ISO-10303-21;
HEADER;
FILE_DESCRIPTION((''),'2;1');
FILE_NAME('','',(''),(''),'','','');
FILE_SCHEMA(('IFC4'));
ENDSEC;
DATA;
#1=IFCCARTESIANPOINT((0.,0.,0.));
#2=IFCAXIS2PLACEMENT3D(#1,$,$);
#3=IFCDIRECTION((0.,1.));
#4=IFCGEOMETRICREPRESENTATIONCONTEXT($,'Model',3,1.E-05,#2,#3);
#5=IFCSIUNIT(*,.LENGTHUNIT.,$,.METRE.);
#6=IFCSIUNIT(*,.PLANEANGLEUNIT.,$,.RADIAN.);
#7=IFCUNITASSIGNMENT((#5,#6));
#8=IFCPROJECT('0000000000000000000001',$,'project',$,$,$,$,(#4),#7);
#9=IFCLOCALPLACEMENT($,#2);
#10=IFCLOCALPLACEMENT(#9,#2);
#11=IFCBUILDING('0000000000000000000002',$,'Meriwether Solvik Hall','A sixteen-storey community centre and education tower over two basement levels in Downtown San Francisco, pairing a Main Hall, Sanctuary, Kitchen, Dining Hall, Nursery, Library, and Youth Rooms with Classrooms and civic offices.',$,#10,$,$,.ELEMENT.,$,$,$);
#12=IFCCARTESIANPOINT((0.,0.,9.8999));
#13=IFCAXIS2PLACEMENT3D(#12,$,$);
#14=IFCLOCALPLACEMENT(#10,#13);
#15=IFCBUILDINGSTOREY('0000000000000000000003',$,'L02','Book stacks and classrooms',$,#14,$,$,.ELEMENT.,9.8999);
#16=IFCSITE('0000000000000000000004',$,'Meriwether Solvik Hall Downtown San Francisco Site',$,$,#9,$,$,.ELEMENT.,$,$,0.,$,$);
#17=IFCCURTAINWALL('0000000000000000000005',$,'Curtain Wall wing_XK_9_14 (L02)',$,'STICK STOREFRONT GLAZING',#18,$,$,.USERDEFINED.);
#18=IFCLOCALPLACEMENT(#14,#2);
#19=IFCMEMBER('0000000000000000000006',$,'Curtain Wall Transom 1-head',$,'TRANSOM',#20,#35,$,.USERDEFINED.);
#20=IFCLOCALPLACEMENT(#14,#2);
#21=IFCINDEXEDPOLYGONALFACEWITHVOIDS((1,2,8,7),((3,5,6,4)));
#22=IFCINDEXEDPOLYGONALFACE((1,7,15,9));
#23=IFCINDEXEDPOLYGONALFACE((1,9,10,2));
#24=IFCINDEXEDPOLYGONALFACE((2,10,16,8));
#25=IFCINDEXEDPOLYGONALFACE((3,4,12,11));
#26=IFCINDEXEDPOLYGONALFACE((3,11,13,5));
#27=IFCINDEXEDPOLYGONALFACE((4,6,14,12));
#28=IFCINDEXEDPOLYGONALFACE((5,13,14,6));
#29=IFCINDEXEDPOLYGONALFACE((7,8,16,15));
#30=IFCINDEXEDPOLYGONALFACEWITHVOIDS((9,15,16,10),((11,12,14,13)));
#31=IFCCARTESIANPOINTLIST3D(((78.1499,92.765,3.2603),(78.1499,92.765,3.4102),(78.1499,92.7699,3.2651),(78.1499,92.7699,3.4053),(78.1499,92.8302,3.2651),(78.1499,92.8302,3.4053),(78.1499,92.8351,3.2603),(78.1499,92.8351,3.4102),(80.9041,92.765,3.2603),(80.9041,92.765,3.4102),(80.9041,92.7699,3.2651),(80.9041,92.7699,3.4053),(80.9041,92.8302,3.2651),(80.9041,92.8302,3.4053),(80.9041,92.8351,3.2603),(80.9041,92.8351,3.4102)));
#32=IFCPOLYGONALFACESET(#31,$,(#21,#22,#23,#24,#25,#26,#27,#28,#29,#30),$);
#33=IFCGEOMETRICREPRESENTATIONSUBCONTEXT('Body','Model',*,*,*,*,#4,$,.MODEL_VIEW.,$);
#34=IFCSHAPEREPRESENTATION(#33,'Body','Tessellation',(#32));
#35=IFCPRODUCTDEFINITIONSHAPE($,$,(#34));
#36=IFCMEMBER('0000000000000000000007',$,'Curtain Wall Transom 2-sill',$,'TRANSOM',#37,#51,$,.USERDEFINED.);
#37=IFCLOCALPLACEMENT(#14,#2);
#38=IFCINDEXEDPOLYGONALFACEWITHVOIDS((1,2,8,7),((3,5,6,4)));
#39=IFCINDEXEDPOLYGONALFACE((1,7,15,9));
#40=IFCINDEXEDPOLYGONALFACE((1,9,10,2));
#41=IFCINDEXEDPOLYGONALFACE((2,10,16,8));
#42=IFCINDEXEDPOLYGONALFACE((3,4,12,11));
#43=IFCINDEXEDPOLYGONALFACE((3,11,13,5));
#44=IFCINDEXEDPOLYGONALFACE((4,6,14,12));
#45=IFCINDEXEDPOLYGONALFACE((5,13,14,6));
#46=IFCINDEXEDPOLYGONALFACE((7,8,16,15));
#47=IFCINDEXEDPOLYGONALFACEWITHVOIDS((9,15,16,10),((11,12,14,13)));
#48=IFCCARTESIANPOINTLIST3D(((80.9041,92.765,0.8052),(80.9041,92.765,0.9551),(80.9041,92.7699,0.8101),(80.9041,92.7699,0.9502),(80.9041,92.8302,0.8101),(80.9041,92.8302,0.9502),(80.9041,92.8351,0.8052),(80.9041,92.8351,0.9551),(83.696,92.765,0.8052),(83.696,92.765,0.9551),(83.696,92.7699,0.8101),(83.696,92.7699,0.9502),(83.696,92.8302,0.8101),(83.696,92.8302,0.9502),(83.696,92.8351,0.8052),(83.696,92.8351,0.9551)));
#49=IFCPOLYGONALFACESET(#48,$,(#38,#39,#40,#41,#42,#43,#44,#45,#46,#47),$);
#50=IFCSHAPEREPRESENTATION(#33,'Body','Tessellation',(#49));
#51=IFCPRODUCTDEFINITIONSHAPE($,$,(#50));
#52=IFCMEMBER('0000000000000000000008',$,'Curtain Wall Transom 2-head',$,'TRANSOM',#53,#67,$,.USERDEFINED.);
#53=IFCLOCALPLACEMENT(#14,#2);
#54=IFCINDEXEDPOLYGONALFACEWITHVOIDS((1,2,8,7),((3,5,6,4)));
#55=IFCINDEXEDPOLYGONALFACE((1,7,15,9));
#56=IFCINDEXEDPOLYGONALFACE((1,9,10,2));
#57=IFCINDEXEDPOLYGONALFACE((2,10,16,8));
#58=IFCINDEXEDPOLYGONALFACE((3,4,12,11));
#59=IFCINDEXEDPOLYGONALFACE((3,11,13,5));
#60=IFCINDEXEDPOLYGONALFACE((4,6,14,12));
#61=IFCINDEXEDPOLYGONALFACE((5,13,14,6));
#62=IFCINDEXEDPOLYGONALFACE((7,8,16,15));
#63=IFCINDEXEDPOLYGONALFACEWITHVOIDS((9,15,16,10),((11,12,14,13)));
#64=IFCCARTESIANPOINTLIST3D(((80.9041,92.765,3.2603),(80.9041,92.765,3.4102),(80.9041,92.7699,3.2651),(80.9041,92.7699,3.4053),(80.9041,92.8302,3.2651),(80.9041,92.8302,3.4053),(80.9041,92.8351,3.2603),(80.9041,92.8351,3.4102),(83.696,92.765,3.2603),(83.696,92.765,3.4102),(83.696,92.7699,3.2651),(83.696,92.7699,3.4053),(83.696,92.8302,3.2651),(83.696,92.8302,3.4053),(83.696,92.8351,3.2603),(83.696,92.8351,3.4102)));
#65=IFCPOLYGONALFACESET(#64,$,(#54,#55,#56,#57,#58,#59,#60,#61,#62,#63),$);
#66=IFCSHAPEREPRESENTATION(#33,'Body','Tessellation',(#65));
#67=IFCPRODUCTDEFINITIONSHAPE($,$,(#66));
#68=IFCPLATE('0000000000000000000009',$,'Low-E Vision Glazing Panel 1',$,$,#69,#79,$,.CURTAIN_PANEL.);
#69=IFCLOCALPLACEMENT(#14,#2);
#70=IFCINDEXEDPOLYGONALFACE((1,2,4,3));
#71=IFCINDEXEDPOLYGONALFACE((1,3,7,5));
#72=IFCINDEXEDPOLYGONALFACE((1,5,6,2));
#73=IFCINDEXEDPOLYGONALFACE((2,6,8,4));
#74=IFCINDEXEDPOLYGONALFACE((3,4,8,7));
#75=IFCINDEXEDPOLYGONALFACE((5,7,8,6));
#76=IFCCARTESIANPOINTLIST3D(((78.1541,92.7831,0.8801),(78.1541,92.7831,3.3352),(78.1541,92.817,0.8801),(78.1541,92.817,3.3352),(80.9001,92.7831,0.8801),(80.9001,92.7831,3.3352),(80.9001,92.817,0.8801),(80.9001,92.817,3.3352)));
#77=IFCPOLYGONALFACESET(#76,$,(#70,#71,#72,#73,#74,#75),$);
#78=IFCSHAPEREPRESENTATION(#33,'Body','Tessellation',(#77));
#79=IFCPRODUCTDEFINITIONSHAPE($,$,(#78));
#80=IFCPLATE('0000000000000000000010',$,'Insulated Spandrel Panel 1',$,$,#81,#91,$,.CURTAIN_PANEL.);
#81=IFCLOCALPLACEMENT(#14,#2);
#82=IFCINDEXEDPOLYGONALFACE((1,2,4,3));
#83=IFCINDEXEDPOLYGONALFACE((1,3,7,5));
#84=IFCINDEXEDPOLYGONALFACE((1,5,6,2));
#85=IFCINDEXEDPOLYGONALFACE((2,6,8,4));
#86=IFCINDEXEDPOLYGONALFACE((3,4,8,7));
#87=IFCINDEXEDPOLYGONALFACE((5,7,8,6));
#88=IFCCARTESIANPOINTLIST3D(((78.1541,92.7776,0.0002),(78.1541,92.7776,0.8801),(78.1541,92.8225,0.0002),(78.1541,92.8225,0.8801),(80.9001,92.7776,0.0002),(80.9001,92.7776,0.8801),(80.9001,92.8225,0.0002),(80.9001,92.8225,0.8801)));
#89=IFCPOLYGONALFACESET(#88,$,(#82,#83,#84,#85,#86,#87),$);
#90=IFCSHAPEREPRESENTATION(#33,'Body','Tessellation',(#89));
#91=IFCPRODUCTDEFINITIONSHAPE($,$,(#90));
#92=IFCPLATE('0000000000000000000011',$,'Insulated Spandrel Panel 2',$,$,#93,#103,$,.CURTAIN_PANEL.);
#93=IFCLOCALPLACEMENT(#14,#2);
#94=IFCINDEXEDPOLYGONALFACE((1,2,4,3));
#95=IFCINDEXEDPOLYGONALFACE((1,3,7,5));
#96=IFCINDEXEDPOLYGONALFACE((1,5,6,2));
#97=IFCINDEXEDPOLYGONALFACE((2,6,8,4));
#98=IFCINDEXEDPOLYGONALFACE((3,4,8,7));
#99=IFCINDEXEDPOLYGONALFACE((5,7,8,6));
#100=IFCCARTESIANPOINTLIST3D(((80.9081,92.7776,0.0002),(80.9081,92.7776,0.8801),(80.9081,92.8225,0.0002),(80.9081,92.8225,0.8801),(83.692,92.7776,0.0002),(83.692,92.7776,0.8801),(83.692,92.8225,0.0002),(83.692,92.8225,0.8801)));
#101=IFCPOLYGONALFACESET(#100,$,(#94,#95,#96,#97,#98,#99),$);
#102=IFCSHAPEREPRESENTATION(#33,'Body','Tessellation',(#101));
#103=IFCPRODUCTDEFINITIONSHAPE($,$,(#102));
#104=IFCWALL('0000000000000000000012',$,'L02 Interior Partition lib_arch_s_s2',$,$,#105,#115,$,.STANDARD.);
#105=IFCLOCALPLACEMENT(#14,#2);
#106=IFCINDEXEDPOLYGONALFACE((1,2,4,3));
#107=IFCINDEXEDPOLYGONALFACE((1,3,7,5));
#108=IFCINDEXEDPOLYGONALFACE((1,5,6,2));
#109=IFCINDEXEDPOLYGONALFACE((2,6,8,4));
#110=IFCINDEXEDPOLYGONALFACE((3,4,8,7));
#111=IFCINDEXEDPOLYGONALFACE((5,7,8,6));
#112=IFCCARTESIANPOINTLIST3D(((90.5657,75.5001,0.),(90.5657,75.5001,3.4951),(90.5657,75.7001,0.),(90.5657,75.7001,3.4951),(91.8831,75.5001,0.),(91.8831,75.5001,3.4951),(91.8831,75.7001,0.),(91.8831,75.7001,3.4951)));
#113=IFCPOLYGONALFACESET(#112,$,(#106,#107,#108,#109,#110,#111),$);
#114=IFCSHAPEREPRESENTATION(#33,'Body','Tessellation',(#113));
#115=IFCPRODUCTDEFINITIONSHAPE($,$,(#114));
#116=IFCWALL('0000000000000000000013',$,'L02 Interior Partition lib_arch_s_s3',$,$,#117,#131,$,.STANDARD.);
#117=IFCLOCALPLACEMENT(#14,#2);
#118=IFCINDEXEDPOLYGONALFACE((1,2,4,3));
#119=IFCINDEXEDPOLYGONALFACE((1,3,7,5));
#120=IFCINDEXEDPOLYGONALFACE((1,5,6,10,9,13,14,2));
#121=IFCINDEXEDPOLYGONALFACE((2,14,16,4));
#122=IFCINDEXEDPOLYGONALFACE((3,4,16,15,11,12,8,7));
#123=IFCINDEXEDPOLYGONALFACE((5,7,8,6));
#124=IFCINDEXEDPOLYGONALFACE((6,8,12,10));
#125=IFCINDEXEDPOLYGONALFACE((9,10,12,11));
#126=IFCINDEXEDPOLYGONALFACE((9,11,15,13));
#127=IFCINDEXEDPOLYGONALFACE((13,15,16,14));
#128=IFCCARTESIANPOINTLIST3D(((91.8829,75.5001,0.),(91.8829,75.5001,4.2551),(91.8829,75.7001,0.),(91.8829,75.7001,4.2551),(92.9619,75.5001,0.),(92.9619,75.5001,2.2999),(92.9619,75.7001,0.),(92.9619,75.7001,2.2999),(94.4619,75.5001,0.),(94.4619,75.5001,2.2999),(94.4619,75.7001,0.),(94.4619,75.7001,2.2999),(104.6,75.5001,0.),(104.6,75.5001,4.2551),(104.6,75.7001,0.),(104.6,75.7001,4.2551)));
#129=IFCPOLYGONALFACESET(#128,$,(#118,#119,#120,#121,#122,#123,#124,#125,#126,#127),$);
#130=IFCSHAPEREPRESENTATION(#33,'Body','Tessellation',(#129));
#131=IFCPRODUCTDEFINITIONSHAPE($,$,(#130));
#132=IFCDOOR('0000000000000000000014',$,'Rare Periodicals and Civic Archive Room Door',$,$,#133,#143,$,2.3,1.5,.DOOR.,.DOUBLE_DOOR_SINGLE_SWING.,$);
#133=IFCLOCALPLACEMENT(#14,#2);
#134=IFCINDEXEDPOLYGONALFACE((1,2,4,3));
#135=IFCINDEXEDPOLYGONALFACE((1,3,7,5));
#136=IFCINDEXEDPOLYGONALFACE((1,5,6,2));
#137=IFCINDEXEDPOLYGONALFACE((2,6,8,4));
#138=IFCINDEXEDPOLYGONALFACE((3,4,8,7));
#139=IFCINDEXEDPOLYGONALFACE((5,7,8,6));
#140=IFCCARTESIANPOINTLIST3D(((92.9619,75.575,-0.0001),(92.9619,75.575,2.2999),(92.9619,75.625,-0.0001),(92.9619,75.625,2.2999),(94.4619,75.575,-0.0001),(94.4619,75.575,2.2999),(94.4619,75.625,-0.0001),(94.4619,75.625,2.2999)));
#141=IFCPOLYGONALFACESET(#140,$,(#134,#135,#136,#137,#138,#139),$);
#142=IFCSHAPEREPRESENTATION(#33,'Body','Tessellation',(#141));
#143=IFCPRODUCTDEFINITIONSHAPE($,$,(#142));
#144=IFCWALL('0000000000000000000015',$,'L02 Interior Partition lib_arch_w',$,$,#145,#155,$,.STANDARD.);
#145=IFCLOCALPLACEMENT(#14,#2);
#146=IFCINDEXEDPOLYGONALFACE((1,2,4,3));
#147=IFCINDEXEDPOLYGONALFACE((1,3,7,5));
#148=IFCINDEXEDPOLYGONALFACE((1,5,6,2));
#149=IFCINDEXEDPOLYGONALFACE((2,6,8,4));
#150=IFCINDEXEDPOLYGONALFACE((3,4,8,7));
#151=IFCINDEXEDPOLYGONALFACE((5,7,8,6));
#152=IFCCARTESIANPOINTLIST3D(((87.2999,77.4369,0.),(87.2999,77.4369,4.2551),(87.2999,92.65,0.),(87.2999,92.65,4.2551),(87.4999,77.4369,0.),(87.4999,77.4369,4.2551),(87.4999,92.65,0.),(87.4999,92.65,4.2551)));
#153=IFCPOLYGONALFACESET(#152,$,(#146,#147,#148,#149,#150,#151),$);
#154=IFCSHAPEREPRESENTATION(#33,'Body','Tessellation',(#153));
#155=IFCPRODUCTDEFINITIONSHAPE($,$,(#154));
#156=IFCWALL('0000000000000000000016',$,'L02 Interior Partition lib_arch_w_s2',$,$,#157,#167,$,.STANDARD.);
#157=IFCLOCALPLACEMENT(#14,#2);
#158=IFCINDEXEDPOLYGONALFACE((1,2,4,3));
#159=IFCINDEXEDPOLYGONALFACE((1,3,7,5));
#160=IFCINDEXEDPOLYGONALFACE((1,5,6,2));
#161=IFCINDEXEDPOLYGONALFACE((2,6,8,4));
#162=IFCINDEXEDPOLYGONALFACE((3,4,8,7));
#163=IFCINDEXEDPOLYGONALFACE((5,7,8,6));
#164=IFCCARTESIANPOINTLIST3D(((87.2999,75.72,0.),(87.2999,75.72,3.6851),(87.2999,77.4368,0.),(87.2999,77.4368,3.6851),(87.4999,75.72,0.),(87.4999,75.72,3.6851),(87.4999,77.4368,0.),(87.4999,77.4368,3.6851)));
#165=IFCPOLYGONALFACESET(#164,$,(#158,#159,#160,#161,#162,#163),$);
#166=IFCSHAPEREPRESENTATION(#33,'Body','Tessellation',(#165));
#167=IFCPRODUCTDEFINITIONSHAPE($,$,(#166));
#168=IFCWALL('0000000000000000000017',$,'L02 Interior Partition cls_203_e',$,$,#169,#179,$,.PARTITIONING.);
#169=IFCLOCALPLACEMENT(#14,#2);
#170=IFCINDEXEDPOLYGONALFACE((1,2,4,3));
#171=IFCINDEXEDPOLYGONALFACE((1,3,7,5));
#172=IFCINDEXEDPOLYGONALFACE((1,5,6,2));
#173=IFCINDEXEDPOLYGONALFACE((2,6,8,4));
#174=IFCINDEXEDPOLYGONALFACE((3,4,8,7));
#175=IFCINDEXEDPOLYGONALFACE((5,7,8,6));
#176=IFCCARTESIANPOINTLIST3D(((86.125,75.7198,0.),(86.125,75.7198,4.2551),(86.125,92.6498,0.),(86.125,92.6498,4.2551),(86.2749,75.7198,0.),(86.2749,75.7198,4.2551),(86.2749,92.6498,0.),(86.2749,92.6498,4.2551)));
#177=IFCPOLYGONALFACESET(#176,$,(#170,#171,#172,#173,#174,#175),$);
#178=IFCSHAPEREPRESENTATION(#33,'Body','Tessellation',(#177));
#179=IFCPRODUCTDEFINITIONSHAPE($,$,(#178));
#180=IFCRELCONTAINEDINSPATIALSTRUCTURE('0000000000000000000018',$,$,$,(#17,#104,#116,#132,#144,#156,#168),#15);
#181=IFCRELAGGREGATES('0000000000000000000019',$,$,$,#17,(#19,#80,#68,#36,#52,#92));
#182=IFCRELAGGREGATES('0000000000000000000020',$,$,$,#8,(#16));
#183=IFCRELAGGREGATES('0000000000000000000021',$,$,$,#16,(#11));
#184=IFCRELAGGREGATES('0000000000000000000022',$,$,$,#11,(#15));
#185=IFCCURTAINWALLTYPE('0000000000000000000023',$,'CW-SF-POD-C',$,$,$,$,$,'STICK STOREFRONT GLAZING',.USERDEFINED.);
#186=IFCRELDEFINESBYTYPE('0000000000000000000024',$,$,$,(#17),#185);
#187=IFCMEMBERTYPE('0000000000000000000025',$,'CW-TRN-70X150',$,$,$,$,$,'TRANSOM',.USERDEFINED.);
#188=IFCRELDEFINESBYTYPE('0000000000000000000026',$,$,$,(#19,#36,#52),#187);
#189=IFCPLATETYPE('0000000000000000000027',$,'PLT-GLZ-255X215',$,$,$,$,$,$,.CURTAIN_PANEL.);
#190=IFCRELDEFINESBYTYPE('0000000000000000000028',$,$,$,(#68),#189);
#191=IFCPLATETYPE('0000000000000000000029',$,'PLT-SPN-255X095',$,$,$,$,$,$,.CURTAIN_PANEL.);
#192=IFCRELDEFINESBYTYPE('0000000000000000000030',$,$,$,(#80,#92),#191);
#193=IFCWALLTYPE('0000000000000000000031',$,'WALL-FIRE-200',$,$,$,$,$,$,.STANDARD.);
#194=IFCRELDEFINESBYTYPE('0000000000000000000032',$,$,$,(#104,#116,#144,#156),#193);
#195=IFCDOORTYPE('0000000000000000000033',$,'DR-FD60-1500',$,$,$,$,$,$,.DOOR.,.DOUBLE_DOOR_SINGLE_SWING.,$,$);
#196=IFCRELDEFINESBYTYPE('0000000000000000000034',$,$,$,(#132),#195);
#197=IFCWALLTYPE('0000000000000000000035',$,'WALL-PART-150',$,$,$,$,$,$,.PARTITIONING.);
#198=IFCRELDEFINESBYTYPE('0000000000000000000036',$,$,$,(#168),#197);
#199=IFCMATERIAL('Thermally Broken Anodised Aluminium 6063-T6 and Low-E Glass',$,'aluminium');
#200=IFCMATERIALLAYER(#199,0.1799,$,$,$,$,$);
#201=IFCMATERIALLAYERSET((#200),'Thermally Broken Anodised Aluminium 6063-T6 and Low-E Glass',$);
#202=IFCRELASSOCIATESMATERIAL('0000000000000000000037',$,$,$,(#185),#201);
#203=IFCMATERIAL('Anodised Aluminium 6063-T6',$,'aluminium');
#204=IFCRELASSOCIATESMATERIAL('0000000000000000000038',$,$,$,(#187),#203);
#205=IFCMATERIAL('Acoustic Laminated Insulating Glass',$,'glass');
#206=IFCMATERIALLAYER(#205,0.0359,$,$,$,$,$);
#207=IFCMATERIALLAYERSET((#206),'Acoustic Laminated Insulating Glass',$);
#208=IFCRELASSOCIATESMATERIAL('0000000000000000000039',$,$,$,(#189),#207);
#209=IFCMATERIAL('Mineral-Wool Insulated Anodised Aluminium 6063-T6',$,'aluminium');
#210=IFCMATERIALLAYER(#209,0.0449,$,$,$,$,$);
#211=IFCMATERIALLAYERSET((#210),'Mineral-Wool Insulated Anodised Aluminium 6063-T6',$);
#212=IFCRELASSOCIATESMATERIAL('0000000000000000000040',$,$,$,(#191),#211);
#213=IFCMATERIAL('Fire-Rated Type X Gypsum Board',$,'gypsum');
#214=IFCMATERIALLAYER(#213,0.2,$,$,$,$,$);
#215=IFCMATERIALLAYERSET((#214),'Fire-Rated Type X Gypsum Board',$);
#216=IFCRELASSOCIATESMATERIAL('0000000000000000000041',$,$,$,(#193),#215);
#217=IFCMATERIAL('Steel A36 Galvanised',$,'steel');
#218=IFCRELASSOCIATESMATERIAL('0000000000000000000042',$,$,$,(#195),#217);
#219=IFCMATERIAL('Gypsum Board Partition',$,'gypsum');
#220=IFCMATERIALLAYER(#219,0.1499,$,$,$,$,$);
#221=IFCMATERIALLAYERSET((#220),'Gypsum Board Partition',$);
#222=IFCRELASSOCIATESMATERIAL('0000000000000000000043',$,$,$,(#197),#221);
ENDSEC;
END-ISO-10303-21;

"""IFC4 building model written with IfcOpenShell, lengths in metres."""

from ifc_helpers import new_model, si_unit, direction, frame, frame_2d, origin, origin_2d, place, context, subcontext, project, spatial, rectangle, hollow_rectangle, extrude, material, layer, layer_set, material_profile, profile_set, type_object, element, fill, aggregate, save


model = new_model("IFC4")

# Units and contexts
model_context = context("Model", 3, precision=1e-05, world=origin(), true_north=direction((0.0, 1.0)))
body_context = subcontext(model_context, "Body", "Model", "MODEL_VIEW")
ifc_project = project(units=[si_unit("LENGTHUNIT", "METRE"), si_unit("PLANEANGLEUNIT", "RADIAN")], contexts=[model_context])

# Site, building, storey
site_placement = place(None, origin())
site = spatial("IfcSite", under=ifc_project, at=site_placement, Name="Meriwether Solvik Hall Downtown San Francisco Site", CompositionType="ELEMENT", RefElevation=0.0)
building_placement = place(site_placement, origin())
building = spatial("IfcBuilding", under=site, at=building_placement, Name="Meriwether Solvik Hall", Description="A sixteen-storey community centre and education tower over two basement levels in Downtown San Francisco, pairing a Main Hall, Sanctuary, Kitchen, Dining Hall, Nursery, Library, and Youth Rooms with Classrooms and civic offices.", CompositionType="ELEMENT")
storey_placement = place(building_placement, frame((0.0, 0.0, 9.8999)))
storey = spatial("IfcBuildingStorey", under=building, at=storey_placement, Name="L02", Description="Book stacks and classrooms", CompositionType="ELEMENT", Elevation=9.8999)

# Curtain wall, members, plates
ifc_material_1 = material(Name="Thermally Broken Anodised Aluminium 6063-T6 and Low-E Glass", Category="aluminium")
ifc_layer_1 = layer(ifc_material_1, 0.1799)
ifc_layer_set_1 = layer_set([ifc_layer_1], Name="Thermally Broken Anodised Aluminium 6063-T6 and Low-E Glass")
curtain_wall_type = type_object("IfcCurtainWallType", Name="CW-SF-POD-C", ElementType="STICK STOREFRONT GLAZING", PredefinedType="USERDEFINED", material=ifc_layer_set_1)
curtain_wall_placement = place(storey_placement, origin())
curtain_wall = element("IfcCurtainWall", 1, at=curtain_wall_placement, inside=storey, type_object=curtain_wall_type, Name="Curtain Wall wing_XK_9_14 (L02)", ObjectType="STICK STOREFRONT GLAZING", PredefinedType="USERDEFINED")
ifc_material_2 = material(Name="Anodised Aluminium 6063-T6", Category="aluminium")
ifc_material_profile_1 = material_profile(ifc_material_2, hollow_rectangle(XDim=0.0701, YDim=0.1499, WallThickness=0.0049, at=origin_2d()), Name="CWT-70X150")
ifc_profile_set_1 = profile_set([ifc_material_profile_1], Name="Anodised Aluminium 6063-T6")
member_type_1 = type_object("IfcMemberType", Name="CW-TRN-70X150", ElementType="TRANSOM", PredefinedType="USERDEFINED", material=ifc_profile_set_1)
member_1_placement = place(storey_placement, frame((78.1499, 92.8, 3.3352), z_axis=(1.0, 0.0, 0.0), x_axis=(0.0, 1.0, 0.0)))
member_1 = element("IfcMember", 2, at=member_1_placement, type_object=member_type_1, Name="Curtain Wall Transom 1-head", ObjectType="TRANSOM", PredefinedType="USERDEFINED", context=body_context, shape_type="SweptSolid", body=[
    extrude(hollow_rectangle(XDim=0.0701, YDim=0.1499, WallThickness=0.0049, at=origin_2d()), origin(), (0.0, 0.0, 1.0), 2.7542),
])
member_2_placement = place(storey_placement, frame((80.9041, 92.8, 0.8801), z_axis=(1.0, 0.0, 0.0), x_axis=(0.0, 1.0, 0.0)))
member_2 = element("IfcMember", 3, at=member_2_placement, type_object=member_type_1, Name="Curtain Wall Transom 2-sill", ObjectType="TRANSOM", PredefinedType="USERDEFINED", context=body_context, shape_type="SweptSolid", body=[
    extrude(hollow_rectangle(XDim=0.0701, YDim=0.1499, WallThickness=0.0049, at=origin_2d()), origin(), (0.0, 0.0, 1.0), 2.792),
])
member_3_placement = place(storey_placement, frame((80.9041, 92.8, 3.3352), z_axis=(1.0, 0.0, 0.0), x_axis=(0.0, 1.0, 0.0)))
member_3 = element("IfcMember", 4, at=member_3_placement, type_object=member_type_1, Name="Curtain Wall Transom 2-head", ObjectType="TRANSOM", PredefinedType="USERDEFINED", context=body_context, shape_type="SweptSolid", body=[
    extrude(hollow_rectangle(XDim=0.0701, YDim=0.1499, WallThickness=0.0049, at=origin_2d()), origin(), (0.0, 0.0, 1.0), 2.792),
])
ifc_material_3 = material(Name="Acoustic Laminated Insulating Glass", Category="glass")
ifc_layer_2 = layer(ifc_material_3, 0.0359)
ifc_layer_set_2 = layer_set([ifc_layer_2], Name="Acoustic Laminated Insulating Glass")
plate_type_1 = type_object("IfcPlateType", Name="PLT-GLZ-255X215", PredefinedType="CURTAIN_PANEL", material=ifc_layer_set_2)
plate_1_placement = place(storey_placement, frame((79.5271, 92.8, 0.8801), z_axis=(0.0, 0.0, 1.0), x_axis=(1.0, 0.0, 0.0)))
plate_1 = element("IfcPlate", 5, at=plate_1_placement, type_object=plate_type_1, Name="Low-E Vision Glazing Panel 1", PredefinedType="CURTAIN_PANEL", context=body_context, shape_type="SweptSolid", body=[
    extrude(rectangle(XDim=2.7461, YDim=0.0339, at=origin_2d()), origin(), (0.0, 0.0, 1.0), 2.4551),
])
ifc_material_4 = material(Name="Mineral-Wool Insulated Anodised Aluminium 6063-T6", Category="aluminium")
ifc_layer_3 = layer(ifc_material_4, 0.0449)
ifc_layer_set_3 = layer_set([ifc_layer_3], Name="Mineral-Wool Insulated Anodised Aluminium 6063-T6")
plate_type_2 = type_object("IfcPlateType", Name="PLT-SPN-255X095", PredefinedType="CURTAIN_PANEL", material=ifc_layer_set_3)
plate_2_placement = place(storey_placement, frame((79.5271, 92.8, 0.0002), z_axis=(0.0, 0.0, 1.0), x_axis=(1.0, 0.0, 0.0)))
plate_2 = element("IfcPlate", 6, at=plate_2_placement, type_object=plate_type_2, Name="Insulated Spandrel Panel 1", PredefinedType="CURTAIN_PANEL", context=body_context, shape_type="SweptSolid", body=[
    extrude(rectangle(XDim=2.7461, YDim=0.0449, at=origin_2d()), origin(), (0.0, 0.0, 1.0), 0.8799),
])
plate_3_placement = place(storey_placement, frame((82.3, 92.8, 0.0002), z_axis=(0.0, 0.0, 1.0), x_axis=(1.0, 0.0, 0.0)))
plate_3 = element("IfcPlate", 7, at=plate_3_placement, type_object=plate_type_2, Name="Insulated Spandrel Panel 2", PredefinedType="CURTAIN_PANEL", context=body_context, shape_type="SweptSolid", body=[
    extrude(rectangle(XDim=2.7839, YDim=0.0449, at=origin_2d()), origin(), (0.0, 0.0, 1.0), 0.8799),
])
aggregate(curtain_wall, [member_1, plate_2, plate_1, member_2, member_3, plate_3])

# Wall
ifc_material_5 = material(Name="Fire-Rated Type X Gypsum Board", Category="gypsum")
ifc_layer_4 = layer(ifc_material_5, 0.2)
ifc_layer_set_4 = layer_set([ifc_layer_4], Name="Fire-Rated Type X Gypsum Board")
wall_type_1 = type_object("IfcWallType", Name="WALL-FIRE-200", PredefinedType="STANDARD", material=ifc_layer_set_4)
wall_1_placement = place(storey_placement, frame((90.5657, 75.6001, 0.0), z_axis=(0.0, 0.0, 1.0), x_axis=(1.0, 0.0, 0.0)))
element("IfcWall", 8, at=wall_1_placement, inside=storey, type_object=wall_type_1, Name="L02 Interior Partition lib_arch_s_s2", PredefinedType="STANDARD", context=body_context, shape_type="SweptSolid", body=[
    extrude(rectangle(XDim=1.3174, YDim=0.2, at=frame_2d((0.6587, 0.0))), origin(), (0.0, 0.0, 1.0), 3.4951),
])

# Wall, opening, door
wall_2_placement = place(storey_placement, frame((91.8831, 75.6001, 0.0), z_axis=(0.0, 0.0, 1.0), x_axis=(1.0, 0.0, 0.0)))
wall_2 = element("IfcWall", 9, at=wall_2_placement, inside=storey, type_object=wall_type_1, Name="L02 Interior Partition lib_arch_s_s3", PredefinedType="STANDARD", context=body_context, shape_type="SweptSolid", body=[
    extrude(rectangle(XDim=12.717, YDim=0.2, at=frame_2d((6.3584, 0.0))), origin(), (0.0, 0.0, 1.0), 4.2551),
])
opening_placement = place(wall_2_placement, frame((1.0789, 0.0, 0.0)))
opening = element("IfcOpeningElement", 10, at=opening_placement, cuts=wall_2, PredefinedType="OPENING", context=body_context, shape_type="SweptSolid", body=[
    extrude(rectangle(XDim=1.5, YDim=2.3, at=frame_2d((0.75, 1.1499))), frame((0.0, 0.1118, 0.0), z_axis=(0.0, -1.0, 0.0), x_axis=(1.0, 0.0, 0.0)), (0.0, 0.0, 1.0), 0.2239),
])
ifc_material_6 = material(Name="Steel A36 Galvanised", Category="steel")
door_type = type_object("IfcDoorType", Name="DR-FD60-1500", OperationType="DOUBLE_DOOR_SINGLE_SWING", PredefinedType="DOOR", material=ifc_material_6)
door_placement = place(opening_placement, origin())
door = element("IfcDoor", 11, at=door_placement, inside=storey, type_object=door_type, Name="Rare Periodicals and Civic Archive Room Door", OperationType="DOUBLE_DOOR_SINGLE_SWING", OverallHeight=2.3, OverallWidth=1.5, PredefinedType="DOOR", context=body_context, shape_type="SweptSolid", body=[
    extrude(rectangle(XDim=1.5, YDim=2.3, at=frame_2d((0.75, 1.1499))), frame((0.0, 0.0249, 0.0), z_axis=(0.0, -1.0, 0.0), x_axis=(1.0, 0.0, 0.0)), (0.0, 0.0, 1.0), 0.05),
])
fill(opening, door)

# Walls
wall_3_placement = place(storey_placement, frame((87.3999, 92.6499, 0.0), z_axis=(0.0, 0.0, 1.0), x_axis=(0.0, -1.0, 0.0)))
element("IfcWall", 12, at=wall_3_placement, inside=storey, type_object=wall_type_1, Name="L02 Interior Partition lib_arch_w", PredefinedType="STANDARD", context=body_context, shape_type="SweptSolid", body=[
    extrude(rectangle(XDim=15.2131, YDim=0.2, at=frame_2d((7.6064, 0.0))), origin(), (0.0, 0.0, 1.0), 4.2551),
])
wall_4_placement = place(storey_placement, frame((87.3999, 77.4368, 0.0), z_axis=(0.0, 0.0, 1.0), x_axis=(0.0, -1.0, 0.0)))
element("IfcWall", 13, at=wall_4_placement, inside=storey, type_object=wall_type_1, Name="L02 Interior Partition lib_arch_w_s2", PredefinedType="STANDARD", context=body_context, shape_type="SweptSolid", body=[
    extrude(rectangle(XDim=1.7168, YDim=0.2, at=frame_2d((0.8584, 0.0))), origin(), (0.0, 0.0, 1.0), 3.6851),
])
ifc_material_7 = material(Name="Gypsum Board Partition", Category="gypsum")
ifc_layer_5 = layer(ifc_material_7, 0.1499)
ifc_layer_set_5 = layer_set([ifc_layer_5], Name="Gypsum Board Partition")
wall_type_2 = type_object("IfcWallType", Name="WALL-PART-150", PredefinedType="PARTITIONING", material=ifc_layer_set_5)
wall_5_placement = place(storey_placement, frame((86.2, 75.72, 0.0), z_axis=(0.0, 0.0, 1.0), x_axis=(0.0, 1.0, 0.0)))
element("IfcWall", 14, at=wall_5_placement, inside=storey, type_object=wall_type_2, Name="L02 Interior Partition cls_203_e", PredefinedType="PARTITIONING", context=body_context, shape_type="SweptSolid", body=[
    extrude(rectangle(XDim=16.9299, YDim=0.1499, at=frame_2d((8.4648, 0.0))), origin(), (0.0, 0.0, 1.0), 4.2551),
])

save(model, "model.ifc")
